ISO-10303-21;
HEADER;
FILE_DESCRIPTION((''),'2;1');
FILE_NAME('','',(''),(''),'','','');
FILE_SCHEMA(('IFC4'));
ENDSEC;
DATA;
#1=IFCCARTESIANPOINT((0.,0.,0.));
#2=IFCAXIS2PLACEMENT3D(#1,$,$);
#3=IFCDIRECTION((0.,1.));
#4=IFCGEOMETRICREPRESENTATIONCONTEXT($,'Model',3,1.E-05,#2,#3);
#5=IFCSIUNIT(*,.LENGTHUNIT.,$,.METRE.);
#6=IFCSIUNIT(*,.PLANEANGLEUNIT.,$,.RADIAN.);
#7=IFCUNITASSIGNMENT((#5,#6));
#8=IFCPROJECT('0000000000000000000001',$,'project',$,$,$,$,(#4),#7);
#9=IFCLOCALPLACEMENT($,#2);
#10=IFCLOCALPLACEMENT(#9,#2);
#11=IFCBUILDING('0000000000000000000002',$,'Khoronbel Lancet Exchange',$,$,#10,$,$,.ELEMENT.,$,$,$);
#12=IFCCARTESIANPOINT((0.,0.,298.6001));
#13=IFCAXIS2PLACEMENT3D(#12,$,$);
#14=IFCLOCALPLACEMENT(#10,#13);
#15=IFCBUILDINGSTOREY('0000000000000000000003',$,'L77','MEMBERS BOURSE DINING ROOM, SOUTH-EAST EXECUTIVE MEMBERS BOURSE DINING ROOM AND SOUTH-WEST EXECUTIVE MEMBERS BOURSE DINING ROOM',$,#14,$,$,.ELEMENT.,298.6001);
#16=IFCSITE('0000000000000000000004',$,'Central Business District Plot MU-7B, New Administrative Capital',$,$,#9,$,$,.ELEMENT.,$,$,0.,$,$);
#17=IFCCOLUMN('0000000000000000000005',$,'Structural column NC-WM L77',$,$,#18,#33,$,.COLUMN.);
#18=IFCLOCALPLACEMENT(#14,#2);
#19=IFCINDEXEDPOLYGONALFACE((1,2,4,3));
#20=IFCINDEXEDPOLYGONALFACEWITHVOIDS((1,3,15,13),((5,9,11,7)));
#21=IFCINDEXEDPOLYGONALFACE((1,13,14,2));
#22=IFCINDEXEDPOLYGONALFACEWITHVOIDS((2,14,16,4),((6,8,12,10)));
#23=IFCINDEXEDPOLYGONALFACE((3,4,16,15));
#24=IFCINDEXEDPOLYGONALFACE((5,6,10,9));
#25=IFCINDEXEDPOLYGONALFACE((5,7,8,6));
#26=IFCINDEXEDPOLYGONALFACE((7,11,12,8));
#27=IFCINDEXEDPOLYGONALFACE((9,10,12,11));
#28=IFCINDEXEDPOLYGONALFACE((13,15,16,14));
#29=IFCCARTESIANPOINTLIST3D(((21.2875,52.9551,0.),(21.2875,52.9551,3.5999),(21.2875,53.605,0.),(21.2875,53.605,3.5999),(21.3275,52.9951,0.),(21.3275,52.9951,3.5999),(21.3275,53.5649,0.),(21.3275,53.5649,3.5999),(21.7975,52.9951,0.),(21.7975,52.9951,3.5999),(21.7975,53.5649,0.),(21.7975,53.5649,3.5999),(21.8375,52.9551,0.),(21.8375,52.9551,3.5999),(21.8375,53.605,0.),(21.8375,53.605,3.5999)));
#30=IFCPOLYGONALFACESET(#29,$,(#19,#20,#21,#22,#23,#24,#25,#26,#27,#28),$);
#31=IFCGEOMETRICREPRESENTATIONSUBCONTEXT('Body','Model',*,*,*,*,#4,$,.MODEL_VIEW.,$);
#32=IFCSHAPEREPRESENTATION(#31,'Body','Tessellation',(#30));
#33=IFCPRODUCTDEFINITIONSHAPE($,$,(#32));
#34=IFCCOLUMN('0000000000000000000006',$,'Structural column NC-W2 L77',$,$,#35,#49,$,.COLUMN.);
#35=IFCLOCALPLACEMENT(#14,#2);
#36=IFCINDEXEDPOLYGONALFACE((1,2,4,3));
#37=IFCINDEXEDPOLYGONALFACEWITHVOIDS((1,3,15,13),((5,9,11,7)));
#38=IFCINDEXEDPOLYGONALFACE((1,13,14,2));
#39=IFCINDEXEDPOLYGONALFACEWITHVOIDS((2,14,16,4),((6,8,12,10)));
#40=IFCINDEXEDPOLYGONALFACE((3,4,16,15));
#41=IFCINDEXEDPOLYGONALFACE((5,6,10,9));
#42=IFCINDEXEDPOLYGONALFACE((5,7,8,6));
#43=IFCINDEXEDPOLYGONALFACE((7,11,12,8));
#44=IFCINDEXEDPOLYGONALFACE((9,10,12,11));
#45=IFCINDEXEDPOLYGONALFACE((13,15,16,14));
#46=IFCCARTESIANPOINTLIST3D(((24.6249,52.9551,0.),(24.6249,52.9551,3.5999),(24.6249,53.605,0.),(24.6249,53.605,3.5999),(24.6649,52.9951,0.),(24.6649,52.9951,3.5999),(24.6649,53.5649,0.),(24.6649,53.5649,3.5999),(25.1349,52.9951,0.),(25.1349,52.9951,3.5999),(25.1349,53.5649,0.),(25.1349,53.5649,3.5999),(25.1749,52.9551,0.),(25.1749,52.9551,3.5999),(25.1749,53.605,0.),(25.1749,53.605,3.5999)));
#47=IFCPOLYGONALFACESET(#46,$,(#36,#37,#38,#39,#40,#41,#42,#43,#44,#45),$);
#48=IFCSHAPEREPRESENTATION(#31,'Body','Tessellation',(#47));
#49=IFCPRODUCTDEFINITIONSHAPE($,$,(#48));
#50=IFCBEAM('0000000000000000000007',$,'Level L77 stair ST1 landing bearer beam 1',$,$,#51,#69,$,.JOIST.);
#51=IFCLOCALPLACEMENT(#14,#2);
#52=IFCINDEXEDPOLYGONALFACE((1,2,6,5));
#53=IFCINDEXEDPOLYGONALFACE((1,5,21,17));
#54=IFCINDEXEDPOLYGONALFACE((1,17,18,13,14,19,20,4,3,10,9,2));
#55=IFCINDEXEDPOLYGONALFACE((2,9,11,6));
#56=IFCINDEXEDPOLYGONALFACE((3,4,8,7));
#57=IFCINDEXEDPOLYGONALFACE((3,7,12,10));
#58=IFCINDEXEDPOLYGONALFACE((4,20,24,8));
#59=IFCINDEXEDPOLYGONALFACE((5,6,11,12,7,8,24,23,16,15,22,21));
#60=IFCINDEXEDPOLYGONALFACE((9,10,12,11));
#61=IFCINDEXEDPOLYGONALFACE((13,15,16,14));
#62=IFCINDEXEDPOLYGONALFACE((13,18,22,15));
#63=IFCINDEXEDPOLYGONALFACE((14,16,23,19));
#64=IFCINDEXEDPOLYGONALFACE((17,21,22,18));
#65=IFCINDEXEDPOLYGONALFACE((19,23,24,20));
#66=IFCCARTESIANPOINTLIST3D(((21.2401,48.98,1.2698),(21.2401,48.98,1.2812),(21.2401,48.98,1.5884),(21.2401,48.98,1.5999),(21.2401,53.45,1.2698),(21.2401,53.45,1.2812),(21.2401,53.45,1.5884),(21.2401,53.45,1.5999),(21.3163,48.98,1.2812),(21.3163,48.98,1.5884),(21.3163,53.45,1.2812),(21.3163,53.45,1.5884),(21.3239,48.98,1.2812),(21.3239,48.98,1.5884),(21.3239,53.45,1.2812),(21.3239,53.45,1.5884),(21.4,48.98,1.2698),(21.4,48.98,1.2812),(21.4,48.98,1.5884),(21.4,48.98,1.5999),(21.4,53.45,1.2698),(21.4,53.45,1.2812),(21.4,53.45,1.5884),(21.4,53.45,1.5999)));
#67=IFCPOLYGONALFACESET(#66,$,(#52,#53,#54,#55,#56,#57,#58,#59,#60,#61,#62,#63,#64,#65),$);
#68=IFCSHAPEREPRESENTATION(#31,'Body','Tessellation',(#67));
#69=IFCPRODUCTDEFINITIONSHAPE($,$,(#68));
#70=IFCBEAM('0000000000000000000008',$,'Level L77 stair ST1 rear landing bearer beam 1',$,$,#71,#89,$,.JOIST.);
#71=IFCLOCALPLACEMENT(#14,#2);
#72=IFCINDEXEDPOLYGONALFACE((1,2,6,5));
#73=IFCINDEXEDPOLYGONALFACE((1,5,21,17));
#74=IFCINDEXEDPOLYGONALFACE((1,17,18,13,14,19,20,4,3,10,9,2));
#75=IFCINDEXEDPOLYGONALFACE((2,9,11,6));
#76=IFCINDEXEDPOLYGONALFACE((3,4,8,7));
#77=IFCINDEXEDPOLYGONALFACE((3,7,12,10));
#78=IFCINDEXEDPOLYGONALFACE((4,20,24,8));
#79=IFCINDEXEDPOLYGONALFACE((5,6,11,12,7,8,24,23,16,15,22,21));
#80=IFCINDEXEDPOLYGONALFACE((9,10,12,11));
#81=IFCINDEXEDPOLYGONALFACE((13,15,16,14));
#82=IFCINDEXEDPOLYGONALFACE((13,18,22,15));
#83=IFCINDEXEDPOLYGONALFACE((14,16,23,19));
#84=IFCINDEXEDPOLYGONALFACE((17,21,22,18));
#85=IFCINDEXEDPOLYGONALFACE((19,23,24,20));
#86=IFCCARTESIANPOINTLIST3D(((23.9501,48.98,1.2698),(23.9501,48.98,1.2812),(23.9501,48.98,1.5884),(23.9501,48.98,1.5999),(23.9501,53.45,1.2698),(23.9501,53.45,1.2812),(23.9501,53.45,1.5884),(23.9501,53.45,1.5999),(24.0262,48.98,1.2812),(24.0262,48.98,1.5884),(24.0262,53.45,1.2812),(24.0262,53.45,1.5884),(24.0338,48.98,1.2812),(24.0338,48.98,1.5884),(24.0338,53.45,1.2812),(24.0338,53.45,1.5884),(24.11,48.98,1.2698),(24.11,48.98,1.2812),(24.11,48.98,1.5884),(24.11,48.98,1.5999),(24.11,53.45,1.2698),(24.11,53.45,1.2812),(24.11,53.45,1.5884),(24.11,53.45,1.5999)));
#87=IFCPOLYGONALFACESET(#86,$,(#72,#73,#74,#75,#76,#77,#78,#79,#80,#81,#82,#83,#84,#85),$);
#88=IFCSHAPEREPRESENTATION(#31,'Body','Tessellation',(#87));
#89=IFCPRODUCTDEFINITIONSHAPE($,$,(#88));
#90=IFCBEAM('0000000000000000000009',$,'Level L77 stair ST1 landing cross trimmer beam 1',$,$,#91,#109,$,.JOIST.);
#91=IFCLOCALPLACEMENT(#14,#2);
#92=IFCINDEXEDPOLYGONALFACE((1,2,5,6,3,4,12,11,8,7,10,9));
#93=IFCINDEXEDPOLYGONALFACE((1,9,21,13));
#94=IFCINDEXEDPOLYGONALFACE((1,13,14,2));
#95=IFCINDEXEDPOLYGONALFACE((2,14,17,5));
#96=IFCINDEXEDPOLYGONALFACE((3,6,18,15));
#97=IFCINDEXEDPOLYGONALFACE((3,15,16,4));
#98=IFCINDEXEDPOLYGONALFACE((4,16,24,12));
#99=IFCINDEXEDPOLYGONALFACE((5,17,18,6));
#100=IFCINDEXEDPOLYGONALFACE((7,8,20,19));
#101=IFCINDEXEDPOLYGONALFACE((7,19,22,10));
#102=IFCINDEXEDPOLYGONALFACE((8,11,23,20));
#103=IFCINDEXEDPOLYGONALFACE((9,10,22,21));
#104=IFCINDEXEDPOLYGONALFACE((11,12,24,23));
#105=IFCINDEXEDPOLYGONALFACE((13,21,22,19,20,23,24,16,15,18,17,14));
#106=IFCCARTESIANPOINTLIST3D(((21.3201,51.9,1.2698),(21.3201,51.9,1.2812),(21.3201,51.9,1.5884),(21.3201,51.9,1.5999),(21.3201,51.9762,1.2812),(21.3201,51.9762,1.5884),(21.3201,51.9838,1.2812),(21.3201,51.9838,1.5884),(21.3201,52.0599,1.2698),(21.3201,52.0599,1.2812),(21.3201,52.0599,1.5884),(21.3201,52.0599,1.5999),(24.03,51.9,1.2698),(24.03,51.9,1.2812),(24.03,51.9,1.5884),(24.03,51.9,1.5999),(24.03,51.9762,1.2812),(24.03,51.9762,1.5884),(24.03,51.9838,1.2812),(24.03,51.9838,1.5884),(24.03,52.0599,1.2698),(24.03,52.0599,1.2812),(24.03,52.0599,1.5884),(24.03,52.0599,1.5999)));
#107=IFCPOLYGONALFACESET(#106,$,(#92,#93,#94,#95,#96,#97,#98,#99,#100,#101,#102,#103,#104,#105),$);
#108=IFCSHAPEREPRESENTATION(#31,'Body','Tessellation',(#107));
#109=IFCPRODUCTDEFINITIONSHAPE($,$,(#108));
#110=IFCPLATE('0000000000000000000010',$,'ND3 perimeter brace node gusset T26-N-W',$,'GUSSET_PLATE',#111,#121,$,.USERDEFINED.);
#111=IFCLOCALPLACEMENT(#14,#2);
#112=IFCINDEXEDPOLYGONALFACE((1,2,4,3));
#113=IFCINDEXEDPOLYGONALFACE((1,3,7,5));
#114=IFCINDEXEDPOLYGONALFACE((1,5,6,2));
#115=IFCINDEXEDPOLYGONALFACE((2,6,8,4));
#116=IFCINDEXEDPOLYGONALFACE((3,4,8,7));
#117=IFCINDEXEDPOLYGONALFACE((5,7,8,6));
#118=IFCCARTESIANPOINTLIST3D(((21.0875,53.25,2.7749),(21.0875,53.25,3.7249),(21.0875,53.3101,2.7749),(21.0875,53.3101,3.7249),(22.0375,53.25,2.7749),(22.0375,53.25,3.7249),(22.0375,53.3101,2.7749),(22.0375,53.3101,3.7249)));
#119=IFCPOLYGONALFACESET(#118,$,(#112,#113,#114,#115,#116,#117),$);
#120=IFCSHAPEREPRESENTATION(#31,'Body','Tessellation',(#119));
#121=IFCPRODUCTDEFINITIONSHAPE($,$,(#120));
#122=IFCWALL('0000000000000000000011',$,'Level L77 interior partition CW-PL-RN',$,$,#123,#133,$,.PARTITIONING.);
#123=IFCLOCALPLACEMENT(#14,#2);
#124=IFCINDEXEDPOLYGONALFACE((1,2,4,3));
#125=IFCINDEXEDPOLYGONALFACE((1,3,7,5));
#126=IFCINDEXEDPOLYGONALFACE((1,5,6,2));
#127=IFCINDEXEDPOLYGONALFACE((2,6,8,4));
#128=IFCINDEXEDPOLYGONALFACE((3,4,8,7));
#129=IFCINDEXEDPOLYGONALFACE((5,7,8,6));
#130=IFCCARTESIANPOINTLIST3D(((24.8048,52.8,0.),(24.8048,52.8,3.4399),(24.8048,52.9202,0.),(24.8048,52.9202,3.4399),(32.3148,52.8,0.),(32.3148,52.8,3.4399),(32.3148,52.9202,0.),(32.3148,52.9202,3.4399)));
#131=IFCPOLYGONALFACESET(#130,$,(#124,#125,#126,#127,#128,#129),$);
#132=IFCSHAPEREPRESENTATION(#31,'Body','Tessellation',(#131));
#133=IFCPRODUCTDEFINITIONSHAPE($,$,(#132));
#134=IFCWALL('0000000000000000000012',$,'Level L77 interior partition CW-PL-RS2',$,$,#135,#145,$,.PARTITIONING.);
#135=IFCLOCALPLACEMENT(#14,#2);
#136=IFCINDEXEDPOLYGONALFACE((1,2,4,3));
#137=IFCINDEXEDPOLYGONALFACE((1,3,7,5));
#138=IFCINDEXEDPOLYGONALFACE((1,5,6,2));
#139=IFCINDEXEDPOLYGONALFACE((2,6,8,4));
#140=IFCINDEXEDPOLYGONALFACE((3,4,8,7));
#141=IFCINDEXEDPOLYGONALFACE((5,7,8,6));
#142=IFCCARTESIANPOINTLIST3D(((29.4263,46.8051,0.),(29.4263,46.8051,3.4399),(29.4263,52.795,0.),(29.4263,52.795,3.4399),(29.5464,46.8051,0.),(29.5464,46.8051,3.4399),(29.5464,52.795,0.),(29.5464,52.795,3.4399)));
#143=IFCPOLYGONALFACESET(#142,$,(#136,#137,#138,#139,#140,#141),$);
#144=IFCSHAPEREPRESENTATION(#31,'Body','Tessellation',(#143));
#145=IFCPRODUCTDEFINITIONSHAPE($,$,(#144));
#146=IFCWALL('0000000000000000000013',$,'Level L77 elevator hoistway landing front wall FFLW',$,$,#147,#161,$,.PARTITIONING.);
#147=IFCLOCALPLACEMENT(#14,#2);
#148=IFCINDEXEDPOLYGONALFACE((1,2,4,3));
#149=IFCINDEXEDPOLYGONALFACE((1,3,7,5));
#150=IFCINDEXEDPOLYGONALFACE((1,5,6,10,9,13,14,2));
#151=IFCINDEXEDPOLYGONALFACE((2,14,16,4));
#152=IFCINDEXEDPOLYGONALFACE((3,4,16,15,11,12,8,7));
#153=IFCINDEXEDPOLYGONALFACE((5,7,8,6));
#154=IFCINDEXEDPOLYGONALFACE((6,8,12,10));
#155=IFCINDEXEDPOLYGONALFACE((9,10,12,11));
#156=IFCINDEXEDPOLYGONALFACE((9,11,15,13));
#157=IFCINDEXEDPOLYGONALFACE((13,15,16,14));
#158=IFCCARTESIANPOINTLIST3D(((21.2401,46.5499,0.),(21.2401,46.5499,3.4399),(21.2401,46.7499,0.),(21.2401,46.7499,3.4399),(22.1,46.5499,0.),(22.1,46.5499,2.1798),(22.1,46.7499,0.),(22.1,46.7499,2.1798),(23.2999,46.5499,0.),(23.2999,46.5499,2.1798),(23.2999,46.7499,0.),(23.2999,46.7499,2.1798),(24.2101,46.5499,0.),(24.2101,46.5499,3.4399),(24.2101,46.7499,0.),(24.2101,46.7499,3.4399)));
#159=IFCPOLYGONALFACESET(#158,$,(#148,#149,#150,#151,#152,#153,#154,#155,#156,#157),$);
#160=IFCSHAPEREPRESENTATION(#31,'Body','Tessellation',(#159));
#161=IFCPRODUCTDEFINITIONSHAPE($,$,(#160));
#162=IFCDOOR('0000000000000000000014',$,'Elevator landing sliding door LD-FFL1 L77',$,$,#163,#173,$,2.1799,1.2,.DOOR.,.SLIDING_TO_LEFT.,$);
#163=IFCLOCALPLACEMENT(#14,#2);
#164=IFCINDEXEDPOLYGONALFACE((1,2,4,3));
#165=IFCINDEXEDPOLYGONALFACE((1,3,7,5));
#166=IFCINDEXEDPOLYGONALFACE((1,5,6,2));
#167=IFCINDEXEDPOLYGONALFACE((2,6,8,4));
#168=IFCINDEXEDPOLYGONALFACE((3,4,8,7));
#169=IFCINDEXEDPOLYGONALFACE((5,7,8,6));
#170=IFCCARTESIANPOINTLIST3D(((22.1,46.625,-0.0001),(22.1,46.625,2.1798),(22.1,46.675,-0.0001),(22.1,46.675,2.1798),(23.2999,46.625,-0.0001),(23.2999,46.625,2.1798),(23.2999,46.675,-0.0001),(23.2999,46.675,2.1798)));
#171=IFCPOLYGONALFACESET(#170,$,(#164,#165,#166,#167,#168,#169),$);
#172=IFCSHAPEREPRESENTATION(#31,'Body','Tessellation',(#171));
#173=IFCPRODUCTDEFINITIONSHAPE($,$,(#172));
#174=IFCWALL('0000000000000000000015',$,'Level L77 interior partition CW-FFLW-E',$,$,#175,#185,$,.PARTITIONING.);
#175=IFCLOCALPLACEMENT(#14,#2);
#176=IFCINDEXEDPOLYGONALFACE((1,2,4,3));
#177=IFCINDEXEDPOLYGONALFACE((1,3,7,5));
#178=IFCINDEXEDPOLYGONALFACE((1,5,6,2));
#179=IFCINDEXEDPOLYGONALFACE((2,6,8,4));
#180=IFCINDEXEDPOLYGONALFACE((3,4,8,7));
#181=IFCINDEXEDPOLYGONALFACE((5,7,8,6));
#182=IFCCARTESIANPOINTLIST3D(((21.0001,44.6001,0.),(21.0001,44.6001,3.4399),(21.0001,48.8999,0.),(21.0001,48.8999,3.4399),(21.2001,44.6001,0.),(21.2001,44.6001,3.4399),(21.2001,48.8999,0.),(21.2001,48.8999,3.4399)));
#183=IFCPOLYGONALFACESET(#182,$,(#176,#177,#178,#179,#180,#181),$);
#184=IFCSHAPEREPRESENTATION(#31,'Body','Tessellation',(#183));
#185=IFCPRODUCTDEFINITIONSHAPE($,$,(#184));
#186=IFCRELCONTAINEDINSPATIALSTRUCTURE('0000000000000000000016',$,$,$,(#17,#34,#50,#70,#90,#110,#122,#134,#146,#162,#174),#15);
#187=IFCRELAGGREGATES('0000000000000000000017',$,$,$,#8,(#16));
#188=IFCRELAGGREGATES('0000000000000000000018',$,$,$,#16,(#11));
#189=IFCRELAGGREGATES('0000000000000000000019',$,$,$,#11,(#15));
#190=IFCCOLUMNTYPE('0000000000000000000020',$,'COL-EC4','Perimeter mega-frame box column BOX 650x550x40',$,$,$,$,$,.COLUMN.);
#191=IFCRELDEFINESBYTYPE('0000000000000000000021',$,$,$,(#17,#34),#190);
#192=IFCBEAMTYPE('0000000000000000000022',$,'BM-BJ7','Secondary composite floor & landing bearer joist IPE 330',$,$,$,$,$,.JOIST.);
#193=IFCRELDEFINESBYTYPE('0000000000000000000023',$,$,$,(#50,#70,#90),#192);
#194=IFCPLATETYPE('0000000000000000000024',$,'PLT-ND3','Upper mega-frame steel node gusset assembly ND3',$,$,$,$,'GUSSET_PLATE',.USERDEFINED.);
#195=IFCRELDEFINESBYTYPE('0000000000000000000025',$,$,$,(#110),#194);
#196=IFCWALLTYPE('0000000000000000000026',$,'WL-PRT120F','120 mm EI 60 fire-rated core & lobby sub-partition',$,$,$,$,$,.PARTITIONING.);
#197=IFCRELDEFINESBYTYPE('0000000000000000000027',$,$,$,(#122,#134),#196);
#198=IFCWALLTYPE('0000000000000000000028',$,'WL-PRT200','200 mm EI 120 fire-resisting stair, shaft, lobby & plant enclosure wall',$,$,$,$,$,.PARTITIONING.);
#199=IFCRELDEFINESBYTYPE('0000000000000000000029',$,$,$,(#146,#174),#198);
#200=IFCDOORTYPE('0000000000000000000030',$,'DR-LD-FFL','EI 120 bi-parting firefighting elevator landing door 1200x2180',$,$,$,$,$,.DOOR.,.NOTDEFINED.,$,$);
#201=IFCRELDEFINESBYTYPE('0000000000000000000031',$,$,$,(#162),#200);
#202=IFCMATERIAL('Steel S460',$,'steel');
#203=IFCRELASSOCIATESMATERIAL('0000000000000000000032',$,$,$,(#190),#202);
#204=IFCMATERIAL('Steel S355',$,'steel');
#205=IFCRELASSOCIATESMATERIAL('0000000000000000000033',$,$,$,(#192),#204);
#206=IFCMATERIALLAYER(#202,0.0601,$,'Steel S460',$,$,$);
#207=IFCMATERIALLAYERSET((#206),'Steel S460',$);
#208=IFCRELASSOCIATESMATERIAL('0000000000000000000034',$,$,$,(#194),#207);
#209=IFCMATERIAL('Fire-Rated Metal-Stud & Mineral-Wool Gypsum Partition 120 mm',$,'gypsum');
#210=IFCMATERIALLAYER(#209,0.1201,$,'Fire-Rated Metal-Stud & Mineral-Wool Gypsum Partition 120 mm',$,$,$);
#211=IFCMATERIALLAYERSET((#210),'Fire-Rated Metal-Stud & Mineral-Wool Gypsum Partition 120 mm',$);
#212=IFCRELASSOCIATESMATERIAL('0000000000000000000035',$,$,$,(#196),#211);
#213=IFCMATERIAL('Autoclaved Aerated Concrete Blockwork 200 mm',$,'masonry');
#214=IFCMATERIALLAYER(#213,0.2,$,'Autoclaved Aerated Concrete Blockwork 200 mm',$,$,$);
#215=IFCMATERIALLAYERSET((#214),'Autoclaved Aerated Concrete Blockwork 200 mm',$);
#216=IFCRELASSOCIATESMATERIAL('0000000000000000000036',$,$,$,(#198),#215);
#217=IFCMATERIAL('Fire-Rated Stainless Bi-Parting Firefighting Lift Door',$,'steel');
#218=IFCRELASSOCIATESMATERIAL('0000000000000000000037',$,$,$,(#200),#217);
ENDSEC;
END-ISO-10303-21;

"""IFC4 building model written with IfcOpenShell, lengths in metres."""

from ifc_helpers import new_model, si_unit, direction, frame, frame_2d, origin, origin_2d, place, context, subcontext, project, spatial, rectangle, hollow_rectangle, i_section, extrude, material, layer, layer_set, material_profile, profile_set, type_object, element, fill, save


model = new_model("IFC4")

# Units and contexts
model_context = context("Model", 3, precision=1e-05, world=origin(), true_north=direction((0.0, 1.0)))
body_context = subcontext(model_context, "Body", "Model", "MODEL_VIEW")
ifc_project = project(units=[si_unit("LENGTHUNIT", "METRE"), si_unit("PLANEANGLEUNIT", "RADIAN")], contexts=[model_context])

# Site, building, storey
site_placement = place(None, origin())
site = spatial("IfcSite", under=ifc_project, at=site_placement, Name="Central Business District Plot MU-7B, New Administrative Capital", CompositionType="ELEMENT", RefElevation=0.0)
building_placement = place(site_placement, origin())
building = spatial("IfcBuilding", under=site, at=building_placement, Name="Khoronbel Lancet Exchange", CompositionType="ELEMENT")
storey_placement = place(building_placement, frame((0.0, 0.0, 298.6001)))
storey = spatial("IfcBuildingStorey", under=building, at=storey_placement, Name="L77", Description="MEMBERS BOURSE DINING ROOM, SOUTH-EAST EXECUTIVE MEMBERS BOURSE DINING ROOM AND SOUTH-WEST EXECUTIVE MEMBERS BOURSE DINING ROOM", CompositionType="ELEMENT", Elevation=298.6001)

# Columns
ifc_material_1 = material(Name="Steel S460", Category="steel")
ifc_material_profile_1 = material_profile(ifc_material_1, hollow_rectangle(XDim=0.55, YDim=0.6499, WallThickness=0.04, at=origin_2d()), Name="BOX 650x550x40")
ifc_profile_set_1 = profile_set([ifc_material_profile_1], Name="Steel S460")
column_type = type_object("IfcColumnType", Name="COL-EC4", Description="Perimeter mega-frame box column BOX 650x550x40", PredefinedType="COLUMN", material=ifc_profile_set_1)
for number, where, z_axis, x_axis, name in (
    (1, (21.5625, 53.28, 0.0), (0.0, 0.0, 1.0), (1.0, 0.0, 0.0), "Structural column NC-WM L77"),
    (2, (24.8999, 53.28, 0.0), (0.0, 0.0, 1.0), (1.0, 0.0, 0.0), "Structural column NC-W2 L77"),
):
    element("IfcColumn", number, at=place(storey_placement, frame(where, z_axis=z_axis, x_axis=x_axis)), inside=storey, type_object=column_type, Name=name, PredefinedType="COLUMN", context=body_context, shape_type="SweptSolid", body=[
        extrude(hollow_rectangle(XDim=0.55, YDim=0.6499, WallThickness=0.04, at=origin_2d()), origin(), (0.0, 0.0, 1.0), 3.5999),
    ])

# Beams
ifc_material_2 = material(Name="Steel S355", Category="steel")
ifc_material_profile_2 = material_profile(ifc_material_2, i_section(OverallWidth=0.1599, OverallDepth=0.3301, WebThickness=0.0076, FlangeThickness=0.0115, at=origin_2d()), Name="IPE 330")
ifc_profile_set_2 = profile_set([ifc_material_profile_2], Name="Steel S355")
beam_type = type_object("IfcBeamType", Name="BM-BJ7", Description="Secondary composite floor & landing bearer joist IPE 330", PredefinedType="JOIST", material=ifc_profile_set_2)
for number, where, z_axis, x_axis, name in (
    (3, (21.3201, 48.98, 1.4348), (0.0, 1.0, 0.0), (-1.0, 0.0, 0.0), "Level L77 stair ST1 landing bearer beam 1"),
    (4, (24.03, 48.98, 1.4348), (0.0, 1.0, 0.0), (-1.0, 0.0, 0.0), "Level L77 stair ST1 rear landing bearer beam 1"),
):
    element("IfcBeam", number, at=place(storey_placement, frame(where, z_axis=z_axis, x_axis=x_axis)), inside=storey, type_object=beam_type, Name=name, PredefinedType="JOIST", context=body_context, shape_type="SweptSolid", body=[
        extrude(i_section(OverallWidth=0.1599, OverallDepth=0.3301, WebThickness=0.0076, FlangeThickness=0.0115, at=origin_2d()), origin(), (0.0, 0.0, 1.0), 4.47),
    ])
beam_placement = place(storey_placement, frame((21.3201, 51.98, 1.4348), z_axis=(1.0, 0.0, 0.0), x_axis=(0.0, 1.0, 0.0)))
element("IfcBeam", 5, at=beam_placement, inside=storey, type_object=beam_type, Name="Level L77 stair ST1 landing cross trimmer beam 1", PredefinedType="JOIST", context=body_context, shape_type="SweptSolid", body=[
    extrude(i_section(OverallWidth=0.1599, OverallDepth=0.3301, WebThickness=0.0076, FlangeThickness=0.0115, at=origin_2d()), origin(), (0.0, 0.0, 1.0), 2.71),
])

# Plate
ifc_layer_1 = layer(ifc_material_1, 0.0601, Name="Steel S460")
ifc_layer_set_1 = layer_set([ifc_layer_1], Name="Steel S460")
plate_type = type_object("IfcPlateType", Name="PLT-ND3", Description="Upper mega-frame steel node gusset assembly ND3", ElementType="GUSSET_PLATE", PredefinedType="USERDEFINED", material=ifc_layer_set_1)
plate_placement = place(storey_placement, frame((21.5625, 53.28, 2.7749), z_axis=(0.0, 0.0, 1.0), x_axis=(1.0, 0.0, 0.0)))
element("IfcPlate", 6, at=plate_placement, inside=storey, type_object=plate_type, Name="ND3 perimeter brace node gusset T26-N-W", ObjectType="GUSSET_PLATE", PredefinedType="USERDEFINED", context=body_context, shape_type="SweptSolid", body=[
    extrude(rectangle(XDim=0.95, YDim=0.0601, at=origin_2d()), origin(), (0.0, 0.0, 1.0), 0.95),
])

# Walls
ifc_material_3 = material(Name="Fire-Rated Metal-Stud & Mineral-Wool Gypsum Partition 120 mm", Category="gypsum")
ifc_layer_2 = layer(ifc_material_3, 0.1201, Name="Fire-Rated Metal-Stud & Mineral-Wool Gypsum Partition 120 mm")
ifc_layer_set_2 = layer_set([ifc_layer_2], Name="Fire-Rated Metal-Stud & Mineral-Wool Gypsum Partition 120 mm")
wall_type_1 = type_object("IfcWallType", Name="WL-PRT120F", Description="120 mm EI 60 fire-rated core & lobby sub-partition", PredefinedType="PARTITIONING", material=ifc_layer_set_2)
wall_1_placement = place(storey_placement, frame((24.8049, 52.8601, 0.0), z_axis=(0.0, 0.0, 1.0), x_axis=(1.0, 0.0, 0.0)))
element("IfcWall", 7, at=wall_1_placement, inside=storey, type_object=wall_type_1, Name="Level L77 interior partition CW-PL-RN", PredefinedType="PARTITIONING", context=body_context, shape_type="SweptSolid", body=[
    extrude(rectangle(XDim=7.51, YDim=0.1201, at=frame_2d((3.7549, 0.0))), origin(), (0.0, 0.0, 1.0), 3.4399),
])
wall_2_placement = place(storey_placement, frame((29.4863, 46.8049, 0.0), z_axis=(0.0, 0.0, 1.0), x_axis=(0.0, 1.0, 0.0)))
element("IfcWall", 8, at=wall_2_placement, inside=storey, type_object=wall_type_1, Name="Level L77 interior partition CW-PL-RS2", PredefinedType="PARTITIONING", context=body_context, shape_type="SweptSolid", body=[
    extrude(rectangle(XDim=5.99, YDim=0.1201, at=frame_2d((2.9951, 0.0))), origin(), (0.0, 0.0, 1.0), 3.4399),
])

# Wall, opening, door
ifc_material_4 = material(Name="Autoclaved Aerated Concrete Blockwork 200 mm", Category="masonry")
ifc_layer_3 = layer(ifc_material_4, 0.2, Name="Autoclaved Aerated Concrete Blockwork 200 mm")
ifc_layer_set_3 = layer_set([ifc_layer_3], Name="Autoclaved Aerated Concrete Blockwork 200 mm")
wall_type_2 = type_object("IfcWallType", Name="WL-PRT200", Description="200 mm EI 120 fire-resisting stair, shaft, lobby & plant enclosure wall", PredefinedType="PARTITIONING", material=ifc_layer_set_3)
wall_3_placement = place(storey_placement, frame((24.21, 46.6499, 0.0), z_axis=(0.0, 0.0, 1.0), x_axis=(-1.0, 0.0, 0.0)))
wall_3 = element("IfcWall", 9, at=wall_3_placement, inside=storey, type_object=wall_type_2, Name="Level L77 elevator hoistway landing front wall FFLW", PredefinedType="PARTITIONING", context=body_context, shape_type="SweptSolid", body=[
    extrude(rectangle(XDim=2.97, YDim=0.2, at=frame_2d((1.4849, 0.0))), origin(), (0.0, 0.0, 1.0), 3.4399),
])
opening_1_placement = place(wall_3_placement, frame((0.9099, 0.0, 0.0)))
opening_1 = element("IfcOpeningElement", 10, at=opening_1_placement, cuts=wall_3, PredefinedType="OPENING", context=body_context, shape_type="SweptSolid", body=[
    extrude(rectangle(XDim=1.2, YDim=2.1799, at=frame_2d((0.6001, 1.0898))), frame((0.0, 0.1099, 0.0), z_axis=(0.0, -1.0, 0.0), x_axis=(1.0, 0.0, 0.0)), (0.0, 0.0, 1.0), 0.22),
])
ifc_material_5 = material(Name="Fire-Rated Stainless Bi-Parting Firefighting Lift Door", Category="steel")
door_type_1 = type_object("IfcDoorType", Name="DR-LD-FFL", Description="EI 120 bi-parting firefighting elevator landing door 1200x2180", OperationType="NOTDEFINED", PredefinedType="DOOR", material=ifc_material_5)
door_1_placement = place(opening_1_placement, origin())
door_1 = element("IfcDoor", 11, at=door_1_placement, inside=storey, type_object=door_type_1, Name="Elevator landing sliding door LD-FFL1 L77", OperationType="SLIDING_TO_LEFT", OverallHeight=2.1799, OverallWidth=1.2, PredefinedType="DOOR", context=body_context, shape_type="SweptSolid", body=[
    extrude(rectangle(XDim=1.2, YDim=2.1799, at=frame_2d((0.6001, 1.0898))), frame((0.0, 0.0249, 0.0), z_axis=(0.0, -1.0, 0.0), x_axis=(1.0, 0.0, 0.0)), (0.0, 0.0, 1.0), 0.05),
])
fill(opening_1, door_1)

# Wall
wall_4_placement = place(storey_placement, frame((21.1001, 44.6001, 0.0), z_axis=(0.0, 0.0, 1.0), x_axis=(0.0, 1.0, 0.0)))
element("IfcWall", 12, at=wall_4_placement, inside=storey, type_object=wall_type_2, Name="Level L77 interior partition CW-FFLW-E", PredefinedType="PARTITIONING", context=body_context, shape_type="SweptSolid", body=[
    extrude(rectangle(XDim=4.2998, YDim=0.2, at=frame_2d((2.1499, 0.0))), origin(), (0.0, 0.0, 1.0), 3.4399),
])

save(model, "model.ifc")
